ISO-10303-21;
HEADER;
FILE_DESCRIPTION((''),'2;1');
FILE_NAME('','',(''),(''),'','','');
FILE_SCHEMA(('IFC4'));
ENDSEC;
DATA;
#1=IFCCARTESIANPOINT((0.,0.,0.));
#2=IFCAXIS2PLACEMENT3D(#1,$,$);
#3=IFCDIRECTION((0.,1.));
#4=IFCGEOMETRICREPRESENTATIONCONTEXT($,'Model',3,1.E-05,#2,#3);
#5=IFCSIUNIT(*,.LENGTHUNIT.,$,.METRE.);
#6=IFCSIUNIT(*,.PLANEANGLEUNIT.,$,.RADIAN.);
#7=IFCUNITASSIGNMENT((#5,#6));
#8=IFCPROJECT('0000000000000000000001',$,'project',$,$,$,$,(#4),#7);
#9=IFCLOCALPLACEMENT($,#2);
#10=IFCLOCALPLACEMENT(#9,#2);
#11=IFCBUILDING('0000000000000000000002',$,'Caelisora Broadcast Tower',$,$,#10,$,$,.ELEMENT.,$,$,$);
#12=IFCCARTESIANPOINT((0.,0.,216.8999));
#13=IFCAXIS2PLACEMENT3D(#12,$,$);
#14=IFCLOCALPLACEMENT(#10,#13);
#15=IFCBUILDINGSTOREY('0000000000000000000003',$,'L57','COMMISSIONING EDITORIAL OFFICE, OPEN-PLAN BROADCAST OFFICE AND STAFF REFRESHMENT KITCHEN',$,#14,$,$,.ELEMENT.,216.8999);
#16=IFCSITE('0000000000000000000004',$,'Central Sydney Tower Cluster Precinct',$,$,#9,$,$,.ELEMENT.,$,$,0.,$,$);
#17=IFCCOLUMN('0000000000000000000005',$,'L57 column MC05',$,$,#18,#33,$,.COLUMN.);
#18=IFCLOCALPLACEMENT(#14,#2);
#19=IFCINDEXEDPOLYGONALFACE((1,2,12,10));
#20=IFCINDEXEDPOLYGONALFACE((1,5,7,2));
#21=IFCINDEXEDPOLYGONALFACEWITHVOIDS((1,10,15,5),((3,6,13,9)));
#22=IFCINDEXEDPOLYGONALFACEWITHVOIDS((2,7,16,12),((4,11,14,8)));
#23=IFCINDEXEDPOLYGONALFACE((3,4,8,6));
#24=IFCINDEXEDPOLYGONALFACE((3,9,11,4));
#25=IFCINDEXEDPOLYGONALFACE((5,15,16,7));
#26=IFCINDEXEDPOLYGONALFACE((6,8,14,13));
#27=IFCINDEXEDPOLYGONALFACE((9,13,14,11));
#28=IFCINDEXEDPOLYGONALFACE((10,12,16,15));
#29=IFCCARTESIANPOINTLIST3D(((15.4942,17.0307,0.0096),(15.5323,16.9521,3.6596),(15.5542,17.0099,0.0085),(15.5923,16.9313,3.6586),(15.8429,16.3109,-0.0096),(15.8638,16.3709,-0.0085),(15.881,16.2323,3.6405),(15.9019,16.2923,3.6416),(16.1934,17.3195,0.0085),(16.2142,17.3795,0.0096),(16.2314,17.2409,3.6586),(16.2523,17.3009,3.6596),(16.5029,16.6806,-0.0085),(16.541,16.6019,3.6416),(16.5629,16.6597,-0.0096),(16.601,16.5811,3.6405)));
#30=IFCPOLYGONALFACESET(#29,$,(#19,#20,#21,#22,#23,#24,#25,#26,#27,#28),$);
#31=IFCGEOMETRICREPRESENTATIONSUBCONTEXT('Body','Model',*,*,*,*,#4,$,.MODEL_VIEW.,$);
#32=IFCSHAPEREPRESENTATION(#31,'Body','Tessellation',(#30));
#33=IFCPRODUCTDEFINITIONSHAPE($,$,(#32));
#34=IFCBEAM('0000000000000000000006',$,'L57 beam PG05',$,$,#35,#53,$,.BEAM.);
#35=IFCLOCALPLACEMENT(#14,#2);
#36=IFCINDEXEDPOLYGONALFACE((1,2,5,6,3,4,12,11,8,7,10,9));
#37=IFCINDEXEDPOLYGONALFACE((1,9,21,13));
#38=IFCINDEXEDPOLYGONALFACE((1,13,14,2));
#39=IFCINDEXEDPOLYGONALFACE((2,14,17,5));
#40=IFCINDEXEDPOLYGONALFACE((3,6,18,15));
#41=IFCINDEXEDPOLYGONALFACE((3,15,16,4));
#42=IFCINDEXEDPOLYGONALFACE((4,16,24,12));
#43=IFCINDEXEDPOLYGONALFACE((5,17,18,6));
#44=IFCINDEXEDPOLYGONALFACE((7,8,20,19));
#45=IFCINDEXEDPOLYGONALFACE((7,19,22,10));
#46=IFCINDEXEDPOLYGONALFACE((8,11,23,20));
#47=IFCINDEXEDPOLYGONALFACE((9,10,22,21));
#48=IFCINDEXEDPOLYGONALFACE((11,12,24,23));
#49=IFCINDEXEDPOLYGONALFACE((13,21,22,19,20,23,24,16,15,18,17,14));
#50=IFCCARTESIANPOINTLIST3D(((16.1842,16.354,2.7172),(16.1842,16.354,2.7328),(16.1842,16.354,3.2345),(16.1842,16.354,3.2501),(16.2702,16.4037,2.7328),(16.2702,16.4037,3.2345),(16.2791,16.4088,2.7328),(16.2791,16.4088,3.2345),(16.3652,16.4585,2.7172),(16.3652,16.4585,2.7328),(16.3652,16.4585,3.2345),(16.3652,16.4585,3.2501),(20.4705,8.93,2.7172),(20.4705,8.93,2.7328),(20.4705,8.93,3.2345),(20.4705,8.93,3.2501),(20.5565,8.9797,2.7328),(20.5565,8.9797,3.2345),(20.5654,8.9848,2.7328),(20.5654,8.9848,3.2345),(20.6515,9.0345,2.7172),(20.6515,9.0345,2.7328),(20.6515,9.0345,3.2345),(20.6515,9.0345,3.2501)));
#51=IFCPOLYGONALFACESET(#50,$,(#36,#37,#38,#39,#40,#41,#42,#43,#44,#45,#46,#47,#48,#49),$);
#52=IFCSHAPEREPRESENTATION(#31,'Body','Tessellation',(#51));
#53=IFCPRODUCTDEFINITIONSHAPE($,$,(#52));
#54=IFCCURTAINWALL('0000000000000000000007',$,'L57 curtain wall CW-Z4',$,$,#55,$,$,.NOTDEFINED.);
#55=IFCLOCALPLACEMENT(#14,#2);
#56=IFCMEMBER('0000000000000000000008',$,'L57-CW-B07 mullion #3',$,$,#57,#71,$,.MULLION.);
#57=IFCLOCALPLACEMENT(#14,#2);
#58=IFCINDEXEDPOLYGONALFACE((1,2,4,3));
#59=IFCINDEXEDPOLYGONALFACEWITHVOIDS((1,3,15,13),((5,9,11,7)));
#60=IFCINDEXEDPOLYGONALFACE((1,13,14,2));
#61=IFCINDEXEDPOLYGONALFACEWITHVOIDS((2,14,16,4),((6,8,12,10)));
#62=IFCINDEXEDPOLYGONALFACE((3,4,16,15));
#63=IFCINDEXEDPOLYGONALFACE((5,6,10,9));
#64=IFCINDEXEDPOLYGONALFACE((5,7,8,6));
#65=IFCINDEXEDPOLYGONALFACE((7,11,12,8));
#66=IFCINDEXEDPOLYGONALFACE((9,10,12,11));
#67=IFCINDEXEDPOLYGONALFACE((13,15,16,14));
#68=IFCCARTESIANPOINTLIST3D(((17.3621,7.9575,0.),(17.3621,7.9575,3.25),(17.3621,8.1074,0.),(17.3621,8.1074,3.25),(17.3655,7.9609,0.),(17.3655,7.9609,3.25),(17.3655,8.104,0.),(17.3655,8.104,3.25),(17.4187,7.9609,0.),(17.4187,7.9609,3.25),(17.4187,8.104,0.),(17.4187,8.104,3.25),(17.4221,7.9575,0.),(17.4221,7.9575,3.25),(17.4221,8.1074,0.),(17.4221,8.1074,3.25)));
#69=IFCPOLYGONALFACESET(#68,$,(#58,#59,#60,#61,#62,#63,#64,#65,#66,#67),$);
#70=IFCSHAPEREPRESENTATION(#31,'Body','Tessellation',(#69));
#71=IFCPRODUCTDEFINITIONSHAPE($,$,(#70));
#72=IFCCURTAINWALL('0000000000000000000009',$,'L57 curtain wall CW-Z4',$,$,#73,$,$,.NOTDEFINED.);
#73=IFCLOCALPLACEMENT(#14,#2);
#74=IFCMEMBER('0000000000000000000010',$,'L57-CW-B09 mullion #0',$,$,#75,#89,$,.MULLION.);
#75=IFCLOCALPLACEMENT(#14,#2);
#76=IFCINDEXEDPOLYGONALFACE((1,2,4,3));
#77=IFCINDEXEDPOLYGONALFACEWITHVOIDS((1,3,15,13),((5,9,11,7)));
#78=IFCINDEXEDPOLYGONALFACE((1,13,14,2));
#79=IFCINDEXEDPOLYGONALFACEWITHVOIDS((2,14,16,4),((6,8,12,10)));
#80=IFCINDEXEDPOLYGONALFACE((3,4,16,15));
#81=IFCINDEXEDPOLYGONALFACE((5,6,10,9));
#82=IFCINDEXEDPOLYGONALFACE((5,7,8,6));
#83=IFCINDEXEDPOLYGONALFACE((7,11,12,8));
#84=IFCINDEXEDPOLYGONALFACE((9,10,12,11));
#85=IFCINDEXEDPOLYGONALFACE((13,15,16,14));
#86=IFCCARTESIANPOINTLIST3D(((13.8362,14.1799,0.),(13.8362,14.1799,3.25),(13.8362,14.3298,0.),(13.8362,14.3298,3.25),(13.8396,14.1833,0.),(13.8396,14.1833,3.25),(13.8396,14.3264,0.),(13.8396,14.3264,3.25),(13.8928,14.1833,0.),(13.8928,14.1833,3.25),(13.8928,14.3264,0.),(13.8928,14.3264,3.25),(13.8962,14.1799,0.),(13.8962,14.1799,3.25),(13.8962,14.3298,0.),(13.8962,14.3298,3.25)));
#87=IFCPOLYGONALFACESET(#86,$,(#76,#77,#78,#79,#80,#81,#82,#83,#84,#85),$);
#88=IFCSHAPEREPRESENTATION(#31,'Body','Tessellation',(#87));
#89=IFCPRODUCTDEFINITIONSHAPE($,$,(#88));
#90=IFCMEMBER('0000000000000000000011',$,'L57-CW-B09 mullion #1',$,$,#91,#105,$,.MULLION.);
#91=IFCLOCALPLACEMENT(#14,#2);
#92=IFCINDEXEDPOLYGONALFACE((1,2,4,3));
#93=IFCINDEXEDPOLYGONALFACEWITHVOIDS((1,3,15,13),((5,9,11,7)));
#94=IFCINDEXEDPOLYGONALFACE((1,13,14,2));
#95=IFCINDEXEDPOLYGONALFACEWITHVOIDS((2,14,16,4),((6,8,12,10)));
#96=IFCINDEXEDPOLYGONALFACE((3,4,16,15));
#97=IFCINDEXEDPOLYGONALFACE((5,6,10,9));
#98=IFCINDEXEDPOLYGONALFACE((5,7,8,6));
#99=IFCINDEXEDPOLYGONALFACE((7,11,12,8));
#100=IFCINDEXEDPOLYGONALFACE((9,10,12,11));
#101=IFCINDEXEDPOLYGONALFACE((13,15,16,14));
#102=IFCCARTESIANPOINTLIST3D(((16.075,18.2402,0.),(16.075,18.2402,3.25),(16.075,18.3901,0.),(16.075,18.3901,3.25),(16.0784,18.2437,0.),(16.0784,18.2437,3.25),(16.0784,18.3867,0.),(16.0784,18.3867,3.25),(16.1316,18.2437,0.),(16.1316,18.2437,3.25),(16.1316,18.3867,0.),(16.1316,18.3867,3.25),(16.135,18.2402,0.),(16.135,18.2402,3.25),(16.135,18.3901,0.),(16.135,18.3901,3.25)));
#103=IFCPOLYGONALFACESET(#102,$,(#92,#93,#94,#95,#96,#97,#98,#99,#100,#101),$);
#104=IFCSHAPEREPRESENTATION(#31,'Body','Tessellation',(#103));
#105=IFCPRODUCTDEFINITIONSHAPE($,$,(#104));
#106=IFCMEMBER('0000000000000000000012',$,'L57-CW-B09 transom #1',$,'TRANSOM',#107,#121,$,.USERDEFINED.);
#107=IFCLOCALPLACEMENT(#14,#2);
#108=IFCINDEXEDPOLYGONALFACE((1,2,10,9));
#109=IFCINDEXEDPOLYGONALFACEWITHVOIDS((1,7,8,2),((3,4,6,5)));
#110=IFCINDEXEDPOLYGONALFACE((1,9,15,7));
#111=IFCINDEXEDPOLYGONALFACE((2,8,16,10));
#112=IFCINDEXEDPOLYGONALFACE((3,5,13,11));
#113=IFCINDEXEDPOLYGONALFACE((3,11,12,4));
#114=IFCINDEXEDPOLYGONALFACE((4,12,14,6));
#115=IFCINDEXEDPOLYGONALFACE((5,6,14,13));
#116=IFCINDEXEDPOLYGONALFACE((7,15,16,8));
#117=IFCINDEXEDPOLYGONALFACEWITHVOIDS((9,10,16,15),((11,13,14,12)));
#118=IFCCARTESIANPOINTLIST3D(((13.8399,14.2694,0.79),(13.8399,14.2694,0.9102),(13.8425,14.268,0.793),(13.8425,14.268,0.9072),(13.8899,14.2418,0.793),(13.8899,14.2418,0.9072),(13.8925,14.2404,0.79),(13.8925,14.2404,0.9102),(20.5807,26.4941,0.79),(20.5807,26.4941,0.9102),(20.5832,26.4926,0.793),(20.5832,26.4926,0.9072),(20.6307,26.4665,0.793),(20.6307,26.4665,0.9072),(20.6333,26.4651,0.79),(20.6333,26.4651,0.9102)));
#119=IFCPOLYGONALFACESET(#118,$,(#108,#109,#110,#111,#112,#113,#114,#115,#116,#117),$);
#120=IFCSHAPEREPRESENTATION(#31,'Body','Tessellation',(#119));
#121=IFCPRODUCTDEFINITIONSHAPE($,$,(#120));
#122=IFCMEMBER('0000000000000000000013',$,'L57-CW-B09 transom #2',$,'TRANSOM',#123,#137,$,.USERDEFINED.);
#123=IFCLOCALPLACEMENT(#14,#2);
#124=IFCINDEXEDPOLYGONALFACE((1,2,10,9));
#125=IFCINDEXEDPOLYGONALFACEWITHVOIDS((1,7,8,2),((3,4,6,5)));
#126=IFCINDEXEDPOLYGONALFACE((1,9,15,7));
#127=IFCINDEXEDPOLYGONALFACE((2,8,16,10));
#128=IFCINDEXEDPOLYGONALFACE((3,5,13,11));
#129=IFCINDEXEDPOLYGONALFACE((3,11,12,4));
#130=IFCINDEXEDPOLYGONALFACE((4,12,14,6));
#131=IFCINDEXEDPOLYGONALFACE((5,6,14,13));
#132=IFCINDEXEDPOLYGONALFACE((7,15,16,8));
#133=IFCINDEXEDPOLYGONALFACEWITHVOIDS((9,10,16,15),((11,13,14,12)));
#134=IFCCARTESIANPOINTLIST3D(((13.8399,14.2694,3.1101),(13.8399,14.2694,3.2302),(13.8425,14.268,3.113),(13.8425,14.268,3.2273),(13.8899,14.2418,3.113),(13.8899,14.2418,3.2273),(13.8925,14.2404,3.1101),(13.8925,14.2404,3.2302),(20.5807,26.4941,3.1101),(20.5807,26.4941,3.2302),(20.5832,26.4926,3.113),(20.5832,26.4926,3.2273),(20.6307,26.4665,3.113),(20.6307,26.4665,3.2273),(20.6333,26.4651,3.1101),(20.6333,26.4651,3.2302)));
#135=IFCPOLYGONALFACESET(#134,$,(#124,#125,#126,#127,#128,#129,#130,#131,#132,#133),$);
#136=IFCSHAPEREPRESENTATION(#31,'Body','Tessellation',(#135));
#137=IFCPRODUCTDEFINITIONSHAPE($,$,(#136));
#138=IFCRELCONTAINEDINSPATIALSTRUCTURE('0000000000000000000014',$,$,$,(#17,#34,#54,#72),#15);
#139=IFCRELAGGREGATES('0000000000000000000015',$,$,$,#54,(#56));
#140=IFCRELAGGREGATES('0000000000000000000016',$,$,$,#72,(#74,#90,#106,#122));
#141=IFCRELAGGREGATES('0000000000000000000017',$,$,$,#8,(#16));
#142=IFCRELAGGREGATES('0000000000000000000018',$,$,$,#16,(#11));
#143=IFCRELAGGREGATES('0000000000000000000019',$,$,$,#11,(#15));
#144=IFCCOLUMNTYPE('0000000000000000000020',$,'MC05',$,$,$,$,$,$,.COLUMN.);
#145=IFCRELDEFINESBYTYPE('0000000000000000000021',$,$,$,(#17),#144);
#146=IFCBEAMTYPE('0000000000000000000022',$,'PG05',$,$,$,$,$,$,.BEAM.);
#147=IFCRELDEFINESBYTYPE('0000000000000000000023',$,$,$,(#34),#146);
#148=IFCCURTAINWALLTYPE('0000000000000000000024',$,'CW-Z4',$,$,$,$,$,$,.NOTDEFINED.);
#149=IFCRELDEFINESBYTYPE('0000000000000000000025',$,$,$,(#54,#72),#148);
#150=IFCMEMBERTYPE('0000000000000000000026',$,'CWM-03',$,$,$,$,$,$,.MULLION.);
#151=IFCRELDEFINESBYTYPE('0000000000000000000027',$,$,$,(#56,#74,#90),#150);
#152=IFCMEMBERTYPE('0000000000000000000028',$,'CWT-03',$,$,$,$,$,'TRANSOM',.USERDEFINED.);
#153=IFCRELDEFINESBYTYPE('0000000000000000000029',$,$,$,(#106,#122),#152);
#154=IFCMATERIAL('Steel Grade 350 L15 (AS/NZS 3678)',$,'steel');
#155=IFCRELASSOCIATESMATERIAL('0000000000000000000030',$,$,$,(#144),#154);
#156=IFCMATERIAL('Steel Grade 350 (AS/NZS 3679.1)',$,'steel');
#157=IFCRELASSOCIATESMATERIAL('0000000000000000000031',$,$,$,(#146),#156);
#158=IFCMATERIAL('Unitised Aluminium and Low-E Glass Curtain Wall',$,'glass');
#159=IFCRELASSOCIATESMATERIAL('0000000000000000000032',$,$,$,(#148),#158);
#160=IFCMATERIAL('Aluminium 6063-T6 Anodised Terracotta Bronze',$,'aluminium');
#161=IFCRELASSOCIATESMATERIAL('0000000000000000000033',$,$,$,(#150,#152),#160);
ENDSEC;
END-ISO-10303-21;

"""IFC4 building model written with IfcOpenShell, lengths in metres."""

from ifc_helpers import new_model, si_unit, direction, frame, origin, origin_2d, place, context, subcontext, project, spatial, hollow_rectangle, i_section, extrude, source, transform, mapped, material, material_profile, profile_set, type_object, type_shapes, element, aggregate, save


model = new_model("IFC4")

# Units and contexts
model_context = context("Model", 3, precision=1e-05, world=origin(), true_north=direction((0.0, 1.0)))
body_context = subcontext(model_context, "Body", "Model", "MODEL_VIEW")
ifc_project = project(units=[si_unit("LENGTHUNIT", "METRE"), si_unit("PLANEANGLEUNIT", "RADIAN")], contexts=[model_context])

# Site, building, storey
site_placement = place(None, origin())
site = spatial("IfcSite", under=ifc_project, at=site_placement, Name="Central Sydney Tower Cluster Precinct", CompositionType="ELEMENT", RefElevation=0.0)
building_placement = place(site_placement, origin())
building = spatial("IfcBuilding", under=site, at=building_placement, Name="Caelisora Broadcast Tower", CompositionType="ELEMENT")
storey_placement = place(building_placement, frame((0.0, 0.0, 216.8999)))
storey = spatial("IfcBuildingStorey", under=building, at=storey_placement, Name="L57", Description="COMMISSIONING EDITORIAL OFFICE, OPEN-PLAN BROADCAST OFFICE AND STAFF REFRESHMENT KITCHEN", CompositionType="ELEMENT", Elevation=216.8999)

# Column
ifc_material_1 = material(Name="Steel Grade 350 L15 (AS/NZS 3678)", Category="steel")
ifc_material_profile_1 = material_profile(ifc_material_1, hollow_rectangle(XDim=0.8, YDim=0.8, WallThickness=0.0449, at=origin_2d()), Name="Steel Grade 350 L15 (AS/NZS 3678)")
ifc_profile_set_1 = profile_set([ifc_material_profile_1], Name="Steel Grade 350 L15 (AS/NZS 3678)")
column_type = type_object("IfcColumnType", Name="MC05", PredefinedType="COLUMN", material=ifc_profile_set_1)
shared_shape_1 = source(origin(), body_context, "Body", "SweptSolid", [
    extrude(hollow_rectangle(XDim=0.8, YDim=0.8, WallThickness=0.0449, at=origin_2d()), origin(), (0.0, 0.0, 1.0), 3.6511),
])
type_shapes(column_type, [shared_shape_1])
column_placement = place(storey_placement, frame((16.0286, 16.8452, 0.0), z_axis=(0.010431, -0.021531, 0.999714), x_axis=(0.899947, 0.435999, 0.0)))
element("IfcColumn", 1, at=column_placement, inside=storey, type_object=column_type, Name="L57 column MC05", PredefinedType="COLUMN", context=body_context, shape_type="MappedRepresentation", body=[
    mapped(shared_shape_1, transform((0.0, 0.0, 0.0), scale=1.0)),
])

# Beam
ifc_material_2 = material(Name="Steel Grade 350 (AS/NZS 3679.1)", Category="steel")
ifc_material_profile_2 = material_profile(ifc_material_2, i_section(OverallWidth=0.209, OverallDepth=0.533, WebThickness=0.0103, FlangeThickness=0.0156, at=origin_2d()), Name="Steel Grade 350 (AS/NZS 3679.1)")
ifc_profile_set_2 = profile_set([ifc_material_profile_2], Name="Steel Grade 350 (AS/NZS 3679.1)")
beam_type = type_object("IfcBeamType", Name="PG05", PredefinedType="BEAM", material=ifc_profile_set_2)
shared_shape_2 = source(origin(), body_context, "Body", "SweptSolid", [
    extrude(i_section(OverallWidth=0.209, OverallDepth=0.533, WebThickness=0.0103, FlangeThickness=0.0156, at=origin_2d()), origin(), (0.0, 0.0, 1.0), 8.5725),
])
type_shapes(beam_type, [shared_shape_2])
beam_placement = place(storey_placement, frame((16.2747, 16.4062, 2.9836), z_axis=(0.500008, -0.866021, 0.0), x_axis=(0.866021, 0.500008, 0.0)))
element("IfcBeam", 2, at=beam_placement, inside=storey, type_object=beam_type, Name="L57 beam PG05", PredefinedType="BEAM", context=body_context, shape_type="MappedRepresentation", body=[
    mapped(shared_shape_2, transform((0.0, 0.0, 0.0), scale=1.0)),
])

# Curtain wall, member
ifc_material_3 = material(Name="Unitised Aluminium and Low-E Glass Curtain Wall", Category="glass")
curtain_wall_type = type_object("IfcCurtainWallType", Name="CW-Z4", PredefinedType="NOTDEFINED", material=ifc_material_3)
curtain_wall_1_placement = place(storey_placement, origin())
curtain_wall_1 = element("IfcCurtainWall", 3, at=curtain_wall_1_placement, inside=storey, type_object=curtain_wall_type, Name="L57 curtain wall CW-Z4", PredefinedType="NOTDEFINED")
ifc_material_4 = material(Name="Aluminium 6063-T6 Anodised Terracotta Bronze", Category="aluminium")
ifc_material_profile_3 = material_profile(ifc_material_4, hollow_rectangle(XDim=0.0601, YDim=0.1499, WallThickness=0.0034, at=origin_2d()), Name="Aluminium 6063-T6 Anodised Terracotta Bronze")
ifc_profile_set_3 = profile_set([ifc_material_profile_3], Name="Aluminium 6063-T6 Anodised Terracotta Bronze")
member_type_1 = type_object("IfcMemberType", Name="CWM-03", PredefinedType="MULLION", material=ifc_profile_set_3)
shared_shape_3 = source(origin(), body_context, "Body", "SweptSolid", [
    extrude(hollow_rectangle(XDim=0.0601, YDim=0.1499, WallThickness=0.0034, at=origin_2d()), origin(), (0.0, 0.0, 1.0), 3.25),
])
type_shapes(member_type_1, [shared_shape_3])
member_1_placement = place(storey_placement, frame((17.3921, 8.0325, 0.0), z_axis=(0.0, 0.0, 1.0), x_axis=(1.0, 0.0, 0.0)))
member_1 = element("IfcMember", 4, at=member_1_placement, type_object=member_type_1, Name="L57-CW-B07 mullion #3", PredefinedType="MULLION", context=body_context, shape_type="MappedRepresentation", body=[
    mapped(shared_shape_3, transform((0.0, 0.0, 0.0), scale=1.0)),
])
aggregate(curtain_wall_1, [member_1])

# Curtain wall, members
curtain_wall_2_placement = place(storey_placement, origin())
curtain_wall_2 = element("IfcCurtainWall", 5, at=curtain_wall_2_placement, inside=storey, type_object=curtain_wall_type, Name="L57 curtain wall CW-Z4", PredefinedType="NOTDEFINED")
member_2_placement = place(storey_placement, frame((13.8662, 14.2549, 0.0), z_axis=(0.0, 0.0, 1.0), x_axis=(1.0, 0.0, 0.0)))
member_2 = element("IfcMember", 6, at=member_2_placement, type_object=member_type_1, Name="L57-CW-B09 mullion #0", PredefinedType="MULLION", context=body_context, shape_type="MappedRepresentation", body=[
    mapped(shared_shape_3, transform((0.0, 0.0, 0.0), scale=1.0)),
])
member_3_placement = place(storey_placement, frame((16.105, 18.3152, 0.0), z_axis=(0.0, 0.0, 1.0), x_axis=(1.0, 0.0, 0.0)))
member_3 = element("IfcMember", 7, at=member_3_placement, type_object=member_type_1, Name="L57-CW-B09 mullion #1", PredefinedType="MULLION", context=body_context, shape_type="MappedRepresentation", body=[
    mapped(shared_shape_3, transform((0.0, 0.0, 0.0), scale=1.0)),
])
ifc_material_profile_4 = material_profile(ifc_material_4, hollow_rectangle(XDim=0.0601, YDim=0.1201, WallThickness=0.0029, at=origin_2d()), Name="Aluminium 6063-T6 Anodised Terracotta Bronze")
ifc_profile_set_4 = profile_set([ifc_material_profile_4], Name="Aluminium 6063-T6 Anodised Terracotta Bronze")
member_type_2 = type_object("IfcMemberType", Name="CWT-03", ElementType="TRANSOM", PredefinedType="USERDEFINED", material=ifc_profile_set_4)
shared_shape_4 = source(origin(), body_context, "Body", "SweptSolid", [
    extrude(hollow_rectangle(XDim=0.0601, YDim=0.1201, WallThickness=0.0029, at=origin_2d()), origin(), (0.0, 0.0, 1.0), 13.96),
])
type_shapes(member_type_2, [shared_shape_4])
member_4_placement = place(storey_placement, frame((13.8662, 14.2549, 0.8501), z_axis=(0.482864, 0.875696, 0.0), x_axis=(-0.875696, 0.482864, 0.0)))
member_4 = element("IfcMember", 8, at=member_4_placement, type_object=member_type_2, Name="L57-CW-B09 transom #1", ObjectType="TRANSOM", PredefinedType="USERDEFINED", context=body_context, shape_type="MappedRepresentation", body=[
    mapped(shared_shape_4, transform((0.0, 0.0, 0.0), scale=1.0)),
])
member_5_placement = place(storey_placement, frame((13.8662, 14.2549, 3.1702), z_axis=(0.482864, 0.875696, 0.0), x_axis=(-0.875696, 0.482864, 0.0)))
member_5 = element("IfcMember", 9, at=member_5_placement, type_object=member_type_2, Name="L57-CW-B09 transom #2", ObjectType="TRANSOM", PredefinedType="USERDEFINED", context=body_context, shape_type="MappedRepresentation", body=[
    mapped(shared_shape_4, transform((0.0, 0.0, 0.0), scale=1.0)),
])

aggregate(curtain_wall_2, [member_2, member_3, member_4, member_5])

save(model, "model.ifc")
